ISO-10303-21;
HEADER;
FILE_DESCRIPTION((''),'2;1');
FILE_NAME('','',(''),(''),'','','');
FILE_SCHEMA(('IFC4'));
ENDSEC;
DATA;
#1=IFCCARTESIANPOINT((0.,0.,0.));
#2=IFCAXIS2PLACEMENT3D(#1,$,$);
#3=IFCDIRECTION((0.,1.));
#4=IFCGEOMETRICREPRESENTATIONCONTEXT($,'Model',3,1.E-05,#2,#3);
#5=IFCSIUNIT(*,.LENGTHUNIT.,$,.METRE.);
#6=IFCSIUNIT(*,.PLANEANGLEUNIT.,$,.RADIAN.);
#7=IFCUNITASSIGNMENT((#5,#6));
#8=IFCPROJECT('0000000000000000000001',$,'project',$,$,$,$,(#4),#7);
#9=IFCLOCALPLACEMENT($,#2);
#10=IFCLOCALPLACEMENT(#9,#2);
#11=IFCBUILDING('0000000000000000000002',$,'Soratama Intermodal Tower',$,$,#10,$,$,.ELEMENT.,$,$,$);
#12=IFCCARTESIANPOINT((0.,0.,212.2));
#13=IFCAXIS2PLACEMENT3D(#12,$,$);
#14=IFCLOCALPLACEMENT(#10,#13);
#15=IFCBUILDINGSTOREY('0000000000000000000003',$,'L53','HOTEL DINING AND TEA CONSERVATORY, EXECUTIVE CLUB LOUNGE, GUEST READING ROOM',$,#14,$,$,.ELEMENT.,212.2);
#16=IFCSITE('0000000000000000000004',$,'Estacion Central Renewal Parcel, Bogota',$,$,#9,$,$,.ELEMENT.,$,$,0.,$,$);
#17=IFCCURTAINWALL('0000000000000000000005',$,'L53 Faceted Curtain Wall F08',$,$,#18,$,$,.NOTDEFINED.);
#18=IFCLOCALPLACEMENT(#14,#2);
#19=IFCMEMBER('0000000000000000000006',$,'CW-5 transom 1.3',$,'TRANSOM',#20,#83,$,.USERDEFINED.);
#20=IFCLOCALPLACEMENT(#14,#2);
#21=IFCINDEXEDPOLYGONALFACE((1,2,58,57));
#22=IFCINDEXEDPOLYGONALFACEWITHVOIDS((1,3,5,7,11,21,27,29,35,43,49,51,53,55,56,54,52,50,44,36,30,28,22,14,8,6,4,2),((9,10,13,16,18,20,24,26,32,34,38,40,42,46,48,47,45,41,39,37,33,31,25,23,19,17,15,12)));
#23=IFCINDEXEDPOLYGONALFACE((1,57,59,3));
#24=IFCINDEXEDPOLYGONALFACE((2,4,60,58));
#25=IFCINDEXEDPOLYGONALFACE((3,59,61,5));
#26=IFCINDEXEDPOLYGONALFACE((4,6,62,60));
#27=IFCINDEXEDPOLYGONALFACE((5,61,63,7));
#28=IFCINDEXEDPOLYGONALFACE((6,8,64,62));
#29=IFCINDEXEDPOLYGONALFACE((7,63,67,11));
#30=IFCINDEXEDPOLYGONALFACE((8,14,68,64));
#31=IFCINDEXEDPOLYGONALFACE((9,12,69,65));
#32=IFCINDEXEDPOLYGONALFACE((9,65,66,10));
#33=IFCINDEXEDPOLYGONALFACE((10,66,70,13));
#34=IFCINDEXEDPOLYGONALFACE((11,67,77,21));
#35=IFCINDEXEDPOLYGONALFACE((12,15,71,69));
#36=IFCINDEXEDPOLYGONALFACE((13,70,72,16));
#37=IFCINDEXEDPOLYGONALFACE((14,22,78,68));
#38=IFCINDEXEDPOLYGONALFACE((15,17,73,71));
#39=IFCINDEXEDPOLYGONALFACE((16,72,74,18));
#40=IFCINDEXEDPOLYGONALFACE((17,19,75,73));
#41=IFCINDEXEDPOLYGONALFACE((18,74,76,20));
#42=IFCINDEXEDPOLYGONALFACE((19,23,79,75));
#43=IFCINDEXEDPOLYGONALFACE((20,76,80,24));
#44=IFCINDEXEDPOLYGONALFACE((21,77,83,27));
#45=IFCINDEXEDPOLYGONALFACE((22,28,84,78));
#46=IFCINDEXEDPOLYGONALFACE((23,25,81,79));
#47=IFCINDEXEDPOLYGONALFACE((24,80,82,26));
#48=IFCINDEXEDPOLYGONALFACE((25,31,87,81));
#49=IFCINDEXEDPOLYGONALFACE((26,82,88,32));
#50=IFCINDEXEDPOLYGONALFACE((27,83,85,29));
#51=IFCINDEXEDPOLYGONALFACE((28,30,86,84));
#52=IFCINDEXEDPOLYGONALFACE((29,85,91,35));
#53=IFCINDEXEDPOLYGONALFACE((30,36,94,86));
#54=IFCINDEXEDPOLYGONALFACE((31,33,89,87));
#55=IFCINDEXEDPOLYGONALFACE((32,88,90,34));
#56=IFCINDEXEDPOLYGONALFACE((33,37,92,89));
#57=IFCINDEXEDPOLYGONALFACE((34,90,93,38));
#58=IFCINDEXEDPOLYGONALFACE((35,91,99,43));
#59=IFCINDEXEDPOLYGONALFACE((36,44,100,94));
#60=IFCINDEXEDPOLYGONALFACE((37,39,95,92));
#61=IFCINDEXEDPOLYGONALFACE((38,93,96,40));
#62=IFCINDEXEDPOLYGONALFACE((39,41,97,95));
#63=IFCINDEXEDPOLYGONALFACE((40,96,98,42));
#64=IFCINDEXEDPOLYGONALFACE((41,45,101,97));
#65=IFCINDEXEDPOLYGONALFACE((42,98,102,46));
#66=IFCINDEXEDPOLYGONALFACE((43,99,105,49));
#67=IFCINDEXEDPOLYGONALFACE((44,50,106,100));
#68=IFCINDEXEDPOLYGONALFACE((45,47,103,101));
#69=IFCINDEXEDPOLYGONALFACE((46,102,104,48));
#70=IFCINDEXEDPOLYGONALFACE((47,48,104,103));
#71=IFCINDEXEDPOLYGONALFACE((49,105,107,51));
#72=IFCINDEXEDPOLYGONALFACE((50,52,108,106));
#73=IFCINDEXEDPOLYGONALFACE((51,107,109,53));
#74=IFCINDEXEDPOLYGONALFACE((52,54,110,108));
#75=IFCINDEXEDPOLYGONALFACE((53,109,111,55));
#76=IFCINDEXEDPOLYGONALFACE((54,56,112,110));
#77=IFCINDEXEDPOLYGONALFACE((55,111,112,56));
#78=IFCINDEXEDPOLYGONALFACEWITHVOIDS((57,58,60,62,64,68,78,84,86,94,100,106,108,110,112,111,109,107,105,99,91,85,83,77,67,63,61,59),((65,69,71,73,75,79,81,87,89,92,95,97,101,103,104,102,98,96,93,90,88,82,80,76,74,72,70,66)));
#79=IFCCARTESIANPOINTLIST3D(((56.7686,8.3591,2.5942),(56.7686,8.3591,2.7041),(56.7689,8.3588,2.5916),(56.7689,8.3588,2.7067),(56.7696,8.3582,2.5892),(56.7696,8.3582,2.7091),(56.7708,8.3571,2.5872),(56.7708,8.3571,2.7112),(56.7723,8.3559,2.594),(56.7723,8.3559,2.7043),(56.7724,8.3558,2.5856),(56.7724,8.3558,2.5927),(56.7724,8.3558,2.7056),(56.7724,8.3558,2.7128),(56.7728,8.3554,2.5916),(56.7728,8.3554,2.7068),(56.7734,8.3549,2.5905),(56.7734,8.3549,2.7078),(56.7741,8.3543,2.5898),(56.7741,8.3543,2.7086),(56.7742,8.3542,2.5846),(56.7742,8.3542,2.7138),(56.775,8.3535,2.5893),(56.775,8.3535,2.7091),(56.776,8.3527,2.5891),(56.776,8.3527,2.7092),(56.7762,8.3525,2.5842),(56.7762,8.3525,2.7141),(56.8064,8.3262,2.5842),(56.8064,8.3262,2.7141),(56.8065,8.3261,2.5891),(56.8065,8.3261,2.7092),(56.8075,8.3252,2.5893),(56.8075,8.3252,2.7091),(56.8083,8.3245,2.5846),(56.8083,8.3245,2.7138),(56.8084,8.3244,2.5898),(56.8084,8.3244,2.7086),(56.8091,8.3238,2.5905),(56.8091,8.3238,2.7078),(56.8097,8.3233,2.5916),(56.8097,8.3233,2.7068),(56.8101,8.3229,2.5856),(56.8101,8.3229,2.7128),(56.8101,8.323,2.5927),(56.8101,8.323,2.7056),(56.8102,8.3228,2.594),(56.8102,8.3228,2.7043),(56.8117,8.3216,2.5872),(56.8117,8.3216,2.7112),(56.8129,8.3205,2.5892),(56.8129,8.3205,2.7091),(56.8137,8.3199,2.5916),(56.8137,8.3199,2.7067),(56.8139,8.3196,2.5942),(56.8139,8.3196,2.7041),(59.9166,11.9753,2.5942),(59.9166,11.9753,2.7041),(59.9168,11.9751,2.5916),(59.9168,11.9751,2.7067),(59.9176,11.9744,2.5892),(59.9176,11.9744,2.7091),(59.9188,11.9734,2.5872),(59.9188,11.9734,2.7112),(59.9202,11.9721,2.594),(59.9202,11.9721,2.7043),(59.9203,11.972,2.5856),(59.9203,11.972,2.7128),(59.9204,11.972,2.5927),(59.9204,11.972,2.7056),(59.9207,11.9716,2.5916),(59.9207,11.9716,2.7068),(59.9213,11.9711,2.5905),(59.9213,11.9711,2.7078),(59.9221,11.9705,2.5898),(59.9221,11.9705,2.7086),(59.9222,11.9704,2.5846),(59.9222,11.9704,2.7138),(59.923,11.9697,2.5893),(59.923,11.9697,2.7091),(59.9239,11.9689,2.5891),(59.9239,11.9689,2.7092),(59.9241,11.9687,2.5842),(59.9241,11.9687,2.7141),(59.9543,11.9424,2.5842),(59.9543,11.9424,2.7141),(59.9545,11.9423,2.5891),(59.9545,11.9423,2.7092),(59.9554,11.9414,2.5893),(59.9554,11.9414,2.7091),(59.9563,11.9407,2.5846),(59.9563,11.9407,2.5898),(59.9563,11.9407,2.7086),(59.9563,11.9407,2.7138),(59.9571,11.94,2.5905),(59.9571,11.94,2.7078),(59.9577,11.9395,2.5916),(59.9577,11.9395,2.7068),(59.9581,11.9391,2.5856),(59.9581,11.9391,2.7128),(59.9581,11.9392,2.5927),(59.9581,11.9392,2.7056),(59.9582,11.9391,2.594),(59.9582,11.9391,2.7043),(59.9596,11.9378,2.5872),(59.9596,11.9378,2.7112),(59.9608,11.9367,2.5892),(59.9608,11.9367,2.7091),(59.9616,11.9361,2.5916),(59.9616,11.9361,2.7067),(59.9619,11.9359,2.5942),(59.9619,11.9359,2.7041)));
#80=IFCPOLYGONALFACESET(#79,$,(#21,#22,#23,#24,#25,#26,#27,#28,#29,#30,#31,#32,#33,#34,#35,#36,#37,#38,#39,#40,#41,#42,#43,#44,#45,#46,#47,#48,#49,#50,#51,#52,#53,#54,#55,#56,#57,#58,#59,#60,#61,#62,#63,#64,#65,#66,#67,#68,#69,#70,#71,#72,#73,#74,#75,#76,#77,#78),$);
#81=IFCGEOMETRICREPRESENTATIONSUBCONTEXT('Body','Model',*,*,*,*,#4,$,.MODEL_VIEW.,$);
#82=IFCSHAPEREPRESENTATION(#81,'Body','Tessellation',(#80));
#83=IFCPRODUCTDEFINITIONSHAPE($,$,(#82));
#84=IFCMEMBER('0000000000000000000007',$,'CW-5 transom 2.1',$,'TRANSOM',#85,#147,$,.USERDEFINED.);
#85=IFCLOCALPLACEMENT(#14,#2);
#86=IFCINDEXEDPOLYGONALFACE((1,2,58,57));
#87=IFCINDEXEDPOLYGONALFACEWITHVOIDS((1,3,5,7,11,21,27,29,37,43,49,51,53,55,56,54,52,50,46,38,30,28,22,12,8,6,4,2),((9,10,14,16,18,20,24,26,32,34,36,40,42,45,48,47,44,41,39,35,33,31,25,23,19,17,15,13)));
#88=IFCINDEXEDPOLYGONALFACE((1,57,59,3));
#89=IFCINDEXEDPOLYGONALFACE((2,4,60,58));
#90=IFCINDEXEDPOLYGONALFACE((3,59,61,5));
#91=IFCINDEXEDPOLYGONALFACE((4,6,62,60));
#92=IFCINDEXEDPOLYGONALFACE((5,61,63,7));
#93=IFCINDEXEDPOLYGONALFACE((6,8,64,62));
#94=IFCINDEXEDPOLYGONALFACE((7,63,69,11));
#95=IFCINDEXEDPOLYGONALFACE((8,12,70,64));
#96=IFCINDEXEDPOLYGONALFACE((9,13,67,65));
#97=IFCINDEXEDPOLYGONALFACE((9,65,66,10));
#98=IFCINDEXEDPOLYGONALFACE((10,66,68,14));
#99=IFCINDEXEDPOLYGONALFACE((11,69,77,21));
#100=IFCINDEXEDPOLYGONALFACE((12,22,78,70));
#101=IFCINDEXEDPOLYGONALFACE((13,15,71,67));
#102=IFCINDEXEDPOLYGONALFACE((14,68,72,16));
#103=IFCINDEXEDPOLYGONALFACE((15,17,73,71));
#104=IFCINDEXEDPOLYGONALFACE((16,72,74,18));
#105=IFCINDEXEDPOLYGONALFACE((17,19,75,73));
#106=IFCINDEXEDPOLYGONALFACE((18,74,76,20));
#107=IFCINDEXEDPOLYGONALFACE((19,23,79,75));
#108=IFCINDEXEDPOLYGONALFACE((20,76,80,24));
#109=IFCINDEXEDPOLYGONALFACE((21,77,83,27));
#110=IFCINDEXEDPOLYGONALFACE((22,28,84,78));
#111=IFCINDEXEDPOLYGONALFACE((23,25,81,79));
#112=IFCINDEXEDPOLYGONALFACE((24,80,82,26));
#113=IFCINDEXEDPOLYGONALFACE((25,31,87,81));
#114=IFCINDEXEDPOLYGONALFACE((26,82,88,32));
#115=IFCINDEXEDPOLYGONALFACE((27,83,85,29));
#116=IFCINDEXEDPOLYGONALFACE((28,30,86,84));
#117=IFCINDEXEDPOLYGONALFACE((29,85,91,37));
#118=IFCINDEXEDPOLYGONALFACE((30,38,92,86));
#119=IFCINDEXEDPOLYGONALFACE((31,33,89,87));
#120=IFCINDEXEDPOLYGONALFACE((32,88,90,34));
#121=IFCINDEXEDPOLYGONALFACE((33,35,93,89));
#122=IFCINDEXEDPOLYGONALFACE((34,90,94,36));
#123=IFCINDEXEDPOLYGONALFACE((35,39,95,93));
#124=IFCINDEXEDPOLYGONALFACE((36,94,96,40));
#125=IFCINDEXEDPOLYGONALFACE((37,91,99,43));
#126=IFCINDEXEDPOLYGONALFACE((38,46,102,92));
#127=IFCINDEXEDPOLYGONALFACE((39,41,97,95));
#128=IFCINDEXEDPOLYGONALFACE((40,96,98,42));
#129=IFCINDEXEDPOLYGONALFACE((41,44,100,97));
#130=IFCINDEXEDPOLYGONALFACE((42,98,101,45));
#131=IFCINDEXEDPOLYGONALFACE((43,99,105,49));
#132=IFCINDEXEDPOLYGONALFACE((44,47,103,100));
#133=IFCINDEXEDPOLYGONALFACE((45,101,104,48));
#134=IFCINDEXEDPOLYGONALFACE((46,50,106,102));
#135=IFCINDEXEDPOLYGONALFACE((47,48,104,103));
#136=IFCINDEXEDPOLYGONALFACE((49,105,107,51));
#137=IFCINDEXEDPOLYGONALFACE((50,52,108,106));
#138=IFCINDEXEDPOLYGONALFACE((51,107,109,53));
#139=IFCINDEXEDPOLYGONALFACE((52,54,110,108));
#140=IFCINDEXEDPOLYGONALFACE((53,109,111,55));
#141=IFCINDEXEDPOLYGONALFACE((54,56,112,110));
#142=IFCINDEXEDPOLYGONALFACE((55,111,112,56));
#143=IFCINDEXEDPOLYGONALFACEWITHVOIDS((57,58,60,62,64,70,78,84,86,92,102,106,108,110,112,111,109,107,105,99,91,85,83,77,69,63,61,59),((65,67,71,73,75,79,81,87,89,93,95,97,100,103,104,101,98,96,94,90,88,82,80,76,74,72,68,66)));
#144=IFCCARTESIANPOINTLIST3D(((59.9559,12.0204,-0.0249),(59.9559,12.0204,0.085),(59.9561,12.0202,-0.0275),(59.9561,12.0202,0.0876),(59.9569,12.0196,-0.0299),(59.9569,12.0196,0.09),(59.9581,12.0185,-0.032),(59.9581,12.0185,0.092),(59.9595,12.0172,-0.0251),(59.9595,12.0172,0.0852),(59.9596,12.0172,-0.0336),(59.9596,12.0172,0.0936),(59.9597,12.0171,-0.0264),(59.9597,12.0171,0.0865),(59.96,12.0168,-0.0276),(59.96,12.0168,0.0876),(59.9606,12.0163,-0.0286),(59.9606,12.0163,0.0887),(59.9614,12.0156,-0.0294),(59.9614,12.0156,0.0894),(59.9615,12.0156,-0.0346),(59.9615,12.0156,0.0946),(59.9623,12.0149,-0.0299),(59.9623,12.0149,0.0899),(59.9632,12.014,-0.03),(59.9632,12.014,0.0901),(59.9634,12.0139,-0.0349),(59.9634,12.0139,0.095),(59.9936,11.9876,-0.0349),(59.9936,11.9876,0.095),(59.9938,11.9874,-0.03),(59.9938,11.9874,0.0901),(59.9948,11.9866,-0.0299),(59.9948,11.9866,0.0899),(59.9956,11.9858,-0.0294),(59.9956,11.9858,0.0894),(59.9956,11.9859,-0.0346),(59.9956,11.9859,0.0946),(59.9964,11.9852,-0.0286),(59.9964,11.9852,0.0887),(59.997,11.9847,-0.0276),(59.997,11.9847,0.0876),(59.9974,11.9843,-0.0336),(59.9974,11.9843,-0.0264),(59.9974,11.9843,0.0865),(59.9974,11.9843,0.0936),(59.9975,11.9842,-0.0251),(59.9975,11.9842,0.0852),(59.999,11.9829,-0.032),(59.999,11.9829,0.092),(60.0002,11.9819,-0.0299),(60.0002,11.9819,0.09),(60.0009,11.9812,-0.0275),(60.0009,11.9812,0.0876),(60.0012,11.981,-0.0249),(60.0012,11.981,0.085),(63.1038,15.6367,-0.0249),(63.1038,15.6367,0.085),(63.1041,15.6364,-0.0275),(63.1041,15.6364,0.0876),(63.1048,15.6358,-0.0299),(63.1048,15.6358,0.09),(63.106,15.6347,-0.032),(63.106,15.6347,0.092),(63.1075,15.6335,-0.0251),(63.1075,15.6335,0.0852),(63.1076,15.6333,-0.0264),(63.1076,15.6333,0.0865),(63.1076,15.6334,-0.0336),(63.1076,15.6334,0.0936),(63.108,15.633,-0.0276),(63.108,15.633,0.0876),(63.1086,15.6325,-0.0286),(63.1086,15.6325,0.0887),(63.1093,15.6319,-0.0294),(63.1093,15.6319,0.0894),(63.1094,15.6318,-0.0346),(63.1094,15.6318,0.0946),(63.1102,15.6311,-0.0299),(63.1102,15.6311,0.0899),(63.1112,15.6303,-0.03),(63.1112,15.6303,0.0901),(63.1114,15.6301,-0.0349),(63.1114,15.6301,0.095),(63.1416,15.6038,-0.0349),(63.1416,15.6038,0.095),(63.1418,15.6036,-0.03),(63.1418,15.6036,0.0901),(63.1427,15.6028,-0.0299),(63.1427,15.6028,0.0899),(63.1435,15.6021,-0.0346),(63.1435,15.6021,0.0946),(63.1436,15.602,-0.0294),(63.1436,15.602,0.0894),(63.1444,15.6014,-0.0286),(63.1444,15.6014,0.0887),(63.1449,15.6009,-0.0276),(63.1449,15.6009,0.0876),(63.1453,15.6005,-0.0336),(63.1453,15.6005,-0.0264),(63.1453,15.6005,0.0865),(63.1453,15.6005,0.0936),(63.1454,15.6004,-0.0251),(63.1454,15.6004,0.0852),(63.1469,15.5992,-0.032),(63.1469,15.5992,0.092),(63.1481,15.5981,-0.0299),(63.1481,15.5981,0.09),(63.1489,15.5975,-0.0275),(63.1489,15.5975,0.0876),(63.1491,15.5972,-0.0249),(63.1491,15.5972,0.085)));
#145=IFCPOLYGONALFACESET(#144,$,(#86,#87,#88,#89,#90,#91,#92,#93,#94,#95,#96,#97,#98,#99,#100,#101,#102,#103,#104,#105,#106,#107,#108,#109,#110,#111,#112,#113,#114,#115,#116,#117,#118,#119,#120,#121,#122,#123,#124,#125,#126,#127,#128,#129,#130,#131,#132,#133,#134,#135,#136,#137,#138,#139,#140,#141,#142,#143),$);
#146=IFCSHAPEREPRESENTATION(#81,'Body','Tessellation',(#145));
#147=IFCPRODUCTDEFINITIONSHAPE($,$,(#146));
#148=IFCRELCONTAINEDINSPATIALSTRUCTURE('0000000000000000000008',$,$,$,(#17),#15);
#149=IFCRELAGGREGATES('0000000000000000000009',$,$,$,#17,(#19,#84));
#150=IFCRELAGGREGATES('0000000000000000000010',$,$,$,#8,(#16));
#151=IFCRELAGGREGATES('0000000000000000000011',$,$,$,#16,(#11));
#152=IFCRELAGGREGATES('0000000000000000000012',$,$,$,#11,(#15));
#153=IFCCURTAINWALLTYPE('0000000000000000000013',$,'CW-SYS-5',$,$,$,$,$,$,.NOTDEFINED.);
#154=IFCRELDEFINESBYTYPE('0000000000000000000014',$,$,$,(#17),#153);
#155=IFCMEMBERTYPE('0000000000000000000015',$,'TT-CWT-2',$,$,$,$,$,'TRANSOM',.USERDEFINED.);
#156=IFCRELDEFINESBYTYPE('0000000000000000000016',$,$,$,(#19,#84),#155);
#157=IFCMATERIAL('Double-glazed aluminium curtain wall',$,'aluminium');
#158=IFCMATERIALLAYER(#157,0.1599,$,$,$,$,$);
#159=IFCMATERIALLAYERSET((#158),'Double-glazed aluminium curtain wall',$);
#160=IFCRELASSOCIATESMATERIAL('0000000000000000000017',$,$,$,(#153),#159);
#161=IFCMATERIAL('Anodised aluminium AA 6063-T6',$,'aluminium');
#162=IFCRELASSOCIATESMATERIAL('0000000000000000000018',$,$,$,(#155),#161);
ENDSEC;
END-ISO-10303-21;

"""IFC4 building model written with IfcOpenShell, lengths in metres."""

from ifc_helpers import new_model, si_unit, direction, frame, origin, origin_2d, place, context, subcontext, project, spatial, hollow_rectangle, extrude, material, layer, layer_set, material_profile, profile_set, type_object, element, aggregate, save


model = new_model("IFC4")

# Units and contexts
model_context = context("Model", 3, precision=1e-05, world=origin(), true_north=direction((0.0, 1.0)))
body_context = subcontext(model_context, "Body", "Model", "MODEL_VIEW")
ifc_project = project(units=[si_unit("LENGTHUNIT", "METRE"), si_unit("PLANEANGLEUNIT", "RADIAN")], contexts=[model_context])

# Site, building, storey
site_placement = place(None, origin())
site = spatial("IfcSite", under=ifc_project, at=site_placement, Name="Estacion Central Renewal Parcel, Bogota", CompositionType="ELEMENT", RefElevation=0.0)
building_placement = place(site_placement, origin())
building = spatial("IfcBuilding", under=site, at=building_placement, Name="Soratama Intermodal Tower", CompositionType="ELEMENT")
storey_placement = place(building_placement, frame((0.0, 0.0, 212.2)))
storey = spatial("IfcBuildingStorey", under=building, at=storey_placement, Name="L53", Description="HOTEL DINING AND TEA CONSERVATORY, EXECUTIVE CLUB LOUNGE, GUEST READING ROOM", CompositionType="ELEMENT", Elevation=212.2)

# Curtain wall, members
ifc_material_1 = material(Name="Double-glazed aluminium curtain wall", Category="aluminium")
ifc_layer_1 = layer(ifc_material_1, 0.1599)
ifc_layer_set_1 = layer_set([ifc_layer_1], Name="Double-glazed aluminium curtain wall")
curtain_wall_type = type_object("IfcCurtainWallType", Name="CW-SYS-5", PredefinedType="NOTDEFINED", material=ifc_layer_set_1)
curtain_wall_placement = place(storey_placement, origin())
curtain_wall = element("IfcCurtainWall", 1, at=curtain_wall_placement, inside=storey, type_object=curtain_wall_type, Name="L53 Faceted Curtain Wall F08", PredefinedType="NOTDEFINED")
ifc_material_2 = material(Name="Anodised aluminium AA 6063-T6", Category="aluminium")
ifc_material_profile_1 = material_profile(ifc_material_2, hollow_rectangle(XDim=0.0601, YDim=0.1299, WallThickness=0.0049, InnerFilletRadius=0.0049, OuterFilletRadius=0.01, at=origin_2d()), Name="CWT130X60X5")
ifc_profile_set_1 = profile_set([ifc_material_profile_1], Name="Anodised aluminium AA 6063-T6")
member_type_1 = type_object("IfcMemberType", Name="TT-CWT-2", ElementType="TRANSOM", PredefinedType="USERDEFINED", material=ifc_profile_set_1)
member_1_placement = place(storey_placement, frame((56.7913, 8.3394, 2.6492), z_axis=(0.656585, 0.754252, 0.0), x_axis=(-0.754252, 0.656585, 0.0)))
member_1 = element("IfcMember", 2, at=member_1_placement, type_object=member_type_1, Name="CW-5 transom 1.3", ObjectType="TRANSOM", PredefinedType="USERDEFINED", context=body_context, shape_type="SweptSolid", body=[
    extrude(hollow_rectangle(XDim=0.0601, YDim=0.1299, WallThickness=0.0049, InnerFilletRadius=0.0049, OuterFilletRadius=0.01, at=origin_2d()), origin(), (0.0, 0.0, 1.0), 4.7944),
])
member_2_placement = place(storey_placement, frame((59.9785, 12.0007, 0.03), z_axis=(0.656585, 0.754252, 0.0), x_axis=(-0.754252, 0.656585, 0.0)))
member_2 = element("IfcMember", 3, at=member_2_placement, type_object=member_type_1, Name="CW-5 transom 2.1", ObjectType="TRANSOM", PredefinedType="USERDEFINED", context=body_context, shape_type="SweptSolid", body=[
    extrude(hollow_rectangle(XDim=0.0601, YDim=0.1299, WallThickness=0.0049, InnerFilletRadius=0.0049, OuterFilletRadius=0.01, at=origin_2d()), origin(), (0.0, 0.0, 1.0), 4.7944),
])
aggregate(curtain_wall, [member_1, member_2])

save(model, "model.ifc")
